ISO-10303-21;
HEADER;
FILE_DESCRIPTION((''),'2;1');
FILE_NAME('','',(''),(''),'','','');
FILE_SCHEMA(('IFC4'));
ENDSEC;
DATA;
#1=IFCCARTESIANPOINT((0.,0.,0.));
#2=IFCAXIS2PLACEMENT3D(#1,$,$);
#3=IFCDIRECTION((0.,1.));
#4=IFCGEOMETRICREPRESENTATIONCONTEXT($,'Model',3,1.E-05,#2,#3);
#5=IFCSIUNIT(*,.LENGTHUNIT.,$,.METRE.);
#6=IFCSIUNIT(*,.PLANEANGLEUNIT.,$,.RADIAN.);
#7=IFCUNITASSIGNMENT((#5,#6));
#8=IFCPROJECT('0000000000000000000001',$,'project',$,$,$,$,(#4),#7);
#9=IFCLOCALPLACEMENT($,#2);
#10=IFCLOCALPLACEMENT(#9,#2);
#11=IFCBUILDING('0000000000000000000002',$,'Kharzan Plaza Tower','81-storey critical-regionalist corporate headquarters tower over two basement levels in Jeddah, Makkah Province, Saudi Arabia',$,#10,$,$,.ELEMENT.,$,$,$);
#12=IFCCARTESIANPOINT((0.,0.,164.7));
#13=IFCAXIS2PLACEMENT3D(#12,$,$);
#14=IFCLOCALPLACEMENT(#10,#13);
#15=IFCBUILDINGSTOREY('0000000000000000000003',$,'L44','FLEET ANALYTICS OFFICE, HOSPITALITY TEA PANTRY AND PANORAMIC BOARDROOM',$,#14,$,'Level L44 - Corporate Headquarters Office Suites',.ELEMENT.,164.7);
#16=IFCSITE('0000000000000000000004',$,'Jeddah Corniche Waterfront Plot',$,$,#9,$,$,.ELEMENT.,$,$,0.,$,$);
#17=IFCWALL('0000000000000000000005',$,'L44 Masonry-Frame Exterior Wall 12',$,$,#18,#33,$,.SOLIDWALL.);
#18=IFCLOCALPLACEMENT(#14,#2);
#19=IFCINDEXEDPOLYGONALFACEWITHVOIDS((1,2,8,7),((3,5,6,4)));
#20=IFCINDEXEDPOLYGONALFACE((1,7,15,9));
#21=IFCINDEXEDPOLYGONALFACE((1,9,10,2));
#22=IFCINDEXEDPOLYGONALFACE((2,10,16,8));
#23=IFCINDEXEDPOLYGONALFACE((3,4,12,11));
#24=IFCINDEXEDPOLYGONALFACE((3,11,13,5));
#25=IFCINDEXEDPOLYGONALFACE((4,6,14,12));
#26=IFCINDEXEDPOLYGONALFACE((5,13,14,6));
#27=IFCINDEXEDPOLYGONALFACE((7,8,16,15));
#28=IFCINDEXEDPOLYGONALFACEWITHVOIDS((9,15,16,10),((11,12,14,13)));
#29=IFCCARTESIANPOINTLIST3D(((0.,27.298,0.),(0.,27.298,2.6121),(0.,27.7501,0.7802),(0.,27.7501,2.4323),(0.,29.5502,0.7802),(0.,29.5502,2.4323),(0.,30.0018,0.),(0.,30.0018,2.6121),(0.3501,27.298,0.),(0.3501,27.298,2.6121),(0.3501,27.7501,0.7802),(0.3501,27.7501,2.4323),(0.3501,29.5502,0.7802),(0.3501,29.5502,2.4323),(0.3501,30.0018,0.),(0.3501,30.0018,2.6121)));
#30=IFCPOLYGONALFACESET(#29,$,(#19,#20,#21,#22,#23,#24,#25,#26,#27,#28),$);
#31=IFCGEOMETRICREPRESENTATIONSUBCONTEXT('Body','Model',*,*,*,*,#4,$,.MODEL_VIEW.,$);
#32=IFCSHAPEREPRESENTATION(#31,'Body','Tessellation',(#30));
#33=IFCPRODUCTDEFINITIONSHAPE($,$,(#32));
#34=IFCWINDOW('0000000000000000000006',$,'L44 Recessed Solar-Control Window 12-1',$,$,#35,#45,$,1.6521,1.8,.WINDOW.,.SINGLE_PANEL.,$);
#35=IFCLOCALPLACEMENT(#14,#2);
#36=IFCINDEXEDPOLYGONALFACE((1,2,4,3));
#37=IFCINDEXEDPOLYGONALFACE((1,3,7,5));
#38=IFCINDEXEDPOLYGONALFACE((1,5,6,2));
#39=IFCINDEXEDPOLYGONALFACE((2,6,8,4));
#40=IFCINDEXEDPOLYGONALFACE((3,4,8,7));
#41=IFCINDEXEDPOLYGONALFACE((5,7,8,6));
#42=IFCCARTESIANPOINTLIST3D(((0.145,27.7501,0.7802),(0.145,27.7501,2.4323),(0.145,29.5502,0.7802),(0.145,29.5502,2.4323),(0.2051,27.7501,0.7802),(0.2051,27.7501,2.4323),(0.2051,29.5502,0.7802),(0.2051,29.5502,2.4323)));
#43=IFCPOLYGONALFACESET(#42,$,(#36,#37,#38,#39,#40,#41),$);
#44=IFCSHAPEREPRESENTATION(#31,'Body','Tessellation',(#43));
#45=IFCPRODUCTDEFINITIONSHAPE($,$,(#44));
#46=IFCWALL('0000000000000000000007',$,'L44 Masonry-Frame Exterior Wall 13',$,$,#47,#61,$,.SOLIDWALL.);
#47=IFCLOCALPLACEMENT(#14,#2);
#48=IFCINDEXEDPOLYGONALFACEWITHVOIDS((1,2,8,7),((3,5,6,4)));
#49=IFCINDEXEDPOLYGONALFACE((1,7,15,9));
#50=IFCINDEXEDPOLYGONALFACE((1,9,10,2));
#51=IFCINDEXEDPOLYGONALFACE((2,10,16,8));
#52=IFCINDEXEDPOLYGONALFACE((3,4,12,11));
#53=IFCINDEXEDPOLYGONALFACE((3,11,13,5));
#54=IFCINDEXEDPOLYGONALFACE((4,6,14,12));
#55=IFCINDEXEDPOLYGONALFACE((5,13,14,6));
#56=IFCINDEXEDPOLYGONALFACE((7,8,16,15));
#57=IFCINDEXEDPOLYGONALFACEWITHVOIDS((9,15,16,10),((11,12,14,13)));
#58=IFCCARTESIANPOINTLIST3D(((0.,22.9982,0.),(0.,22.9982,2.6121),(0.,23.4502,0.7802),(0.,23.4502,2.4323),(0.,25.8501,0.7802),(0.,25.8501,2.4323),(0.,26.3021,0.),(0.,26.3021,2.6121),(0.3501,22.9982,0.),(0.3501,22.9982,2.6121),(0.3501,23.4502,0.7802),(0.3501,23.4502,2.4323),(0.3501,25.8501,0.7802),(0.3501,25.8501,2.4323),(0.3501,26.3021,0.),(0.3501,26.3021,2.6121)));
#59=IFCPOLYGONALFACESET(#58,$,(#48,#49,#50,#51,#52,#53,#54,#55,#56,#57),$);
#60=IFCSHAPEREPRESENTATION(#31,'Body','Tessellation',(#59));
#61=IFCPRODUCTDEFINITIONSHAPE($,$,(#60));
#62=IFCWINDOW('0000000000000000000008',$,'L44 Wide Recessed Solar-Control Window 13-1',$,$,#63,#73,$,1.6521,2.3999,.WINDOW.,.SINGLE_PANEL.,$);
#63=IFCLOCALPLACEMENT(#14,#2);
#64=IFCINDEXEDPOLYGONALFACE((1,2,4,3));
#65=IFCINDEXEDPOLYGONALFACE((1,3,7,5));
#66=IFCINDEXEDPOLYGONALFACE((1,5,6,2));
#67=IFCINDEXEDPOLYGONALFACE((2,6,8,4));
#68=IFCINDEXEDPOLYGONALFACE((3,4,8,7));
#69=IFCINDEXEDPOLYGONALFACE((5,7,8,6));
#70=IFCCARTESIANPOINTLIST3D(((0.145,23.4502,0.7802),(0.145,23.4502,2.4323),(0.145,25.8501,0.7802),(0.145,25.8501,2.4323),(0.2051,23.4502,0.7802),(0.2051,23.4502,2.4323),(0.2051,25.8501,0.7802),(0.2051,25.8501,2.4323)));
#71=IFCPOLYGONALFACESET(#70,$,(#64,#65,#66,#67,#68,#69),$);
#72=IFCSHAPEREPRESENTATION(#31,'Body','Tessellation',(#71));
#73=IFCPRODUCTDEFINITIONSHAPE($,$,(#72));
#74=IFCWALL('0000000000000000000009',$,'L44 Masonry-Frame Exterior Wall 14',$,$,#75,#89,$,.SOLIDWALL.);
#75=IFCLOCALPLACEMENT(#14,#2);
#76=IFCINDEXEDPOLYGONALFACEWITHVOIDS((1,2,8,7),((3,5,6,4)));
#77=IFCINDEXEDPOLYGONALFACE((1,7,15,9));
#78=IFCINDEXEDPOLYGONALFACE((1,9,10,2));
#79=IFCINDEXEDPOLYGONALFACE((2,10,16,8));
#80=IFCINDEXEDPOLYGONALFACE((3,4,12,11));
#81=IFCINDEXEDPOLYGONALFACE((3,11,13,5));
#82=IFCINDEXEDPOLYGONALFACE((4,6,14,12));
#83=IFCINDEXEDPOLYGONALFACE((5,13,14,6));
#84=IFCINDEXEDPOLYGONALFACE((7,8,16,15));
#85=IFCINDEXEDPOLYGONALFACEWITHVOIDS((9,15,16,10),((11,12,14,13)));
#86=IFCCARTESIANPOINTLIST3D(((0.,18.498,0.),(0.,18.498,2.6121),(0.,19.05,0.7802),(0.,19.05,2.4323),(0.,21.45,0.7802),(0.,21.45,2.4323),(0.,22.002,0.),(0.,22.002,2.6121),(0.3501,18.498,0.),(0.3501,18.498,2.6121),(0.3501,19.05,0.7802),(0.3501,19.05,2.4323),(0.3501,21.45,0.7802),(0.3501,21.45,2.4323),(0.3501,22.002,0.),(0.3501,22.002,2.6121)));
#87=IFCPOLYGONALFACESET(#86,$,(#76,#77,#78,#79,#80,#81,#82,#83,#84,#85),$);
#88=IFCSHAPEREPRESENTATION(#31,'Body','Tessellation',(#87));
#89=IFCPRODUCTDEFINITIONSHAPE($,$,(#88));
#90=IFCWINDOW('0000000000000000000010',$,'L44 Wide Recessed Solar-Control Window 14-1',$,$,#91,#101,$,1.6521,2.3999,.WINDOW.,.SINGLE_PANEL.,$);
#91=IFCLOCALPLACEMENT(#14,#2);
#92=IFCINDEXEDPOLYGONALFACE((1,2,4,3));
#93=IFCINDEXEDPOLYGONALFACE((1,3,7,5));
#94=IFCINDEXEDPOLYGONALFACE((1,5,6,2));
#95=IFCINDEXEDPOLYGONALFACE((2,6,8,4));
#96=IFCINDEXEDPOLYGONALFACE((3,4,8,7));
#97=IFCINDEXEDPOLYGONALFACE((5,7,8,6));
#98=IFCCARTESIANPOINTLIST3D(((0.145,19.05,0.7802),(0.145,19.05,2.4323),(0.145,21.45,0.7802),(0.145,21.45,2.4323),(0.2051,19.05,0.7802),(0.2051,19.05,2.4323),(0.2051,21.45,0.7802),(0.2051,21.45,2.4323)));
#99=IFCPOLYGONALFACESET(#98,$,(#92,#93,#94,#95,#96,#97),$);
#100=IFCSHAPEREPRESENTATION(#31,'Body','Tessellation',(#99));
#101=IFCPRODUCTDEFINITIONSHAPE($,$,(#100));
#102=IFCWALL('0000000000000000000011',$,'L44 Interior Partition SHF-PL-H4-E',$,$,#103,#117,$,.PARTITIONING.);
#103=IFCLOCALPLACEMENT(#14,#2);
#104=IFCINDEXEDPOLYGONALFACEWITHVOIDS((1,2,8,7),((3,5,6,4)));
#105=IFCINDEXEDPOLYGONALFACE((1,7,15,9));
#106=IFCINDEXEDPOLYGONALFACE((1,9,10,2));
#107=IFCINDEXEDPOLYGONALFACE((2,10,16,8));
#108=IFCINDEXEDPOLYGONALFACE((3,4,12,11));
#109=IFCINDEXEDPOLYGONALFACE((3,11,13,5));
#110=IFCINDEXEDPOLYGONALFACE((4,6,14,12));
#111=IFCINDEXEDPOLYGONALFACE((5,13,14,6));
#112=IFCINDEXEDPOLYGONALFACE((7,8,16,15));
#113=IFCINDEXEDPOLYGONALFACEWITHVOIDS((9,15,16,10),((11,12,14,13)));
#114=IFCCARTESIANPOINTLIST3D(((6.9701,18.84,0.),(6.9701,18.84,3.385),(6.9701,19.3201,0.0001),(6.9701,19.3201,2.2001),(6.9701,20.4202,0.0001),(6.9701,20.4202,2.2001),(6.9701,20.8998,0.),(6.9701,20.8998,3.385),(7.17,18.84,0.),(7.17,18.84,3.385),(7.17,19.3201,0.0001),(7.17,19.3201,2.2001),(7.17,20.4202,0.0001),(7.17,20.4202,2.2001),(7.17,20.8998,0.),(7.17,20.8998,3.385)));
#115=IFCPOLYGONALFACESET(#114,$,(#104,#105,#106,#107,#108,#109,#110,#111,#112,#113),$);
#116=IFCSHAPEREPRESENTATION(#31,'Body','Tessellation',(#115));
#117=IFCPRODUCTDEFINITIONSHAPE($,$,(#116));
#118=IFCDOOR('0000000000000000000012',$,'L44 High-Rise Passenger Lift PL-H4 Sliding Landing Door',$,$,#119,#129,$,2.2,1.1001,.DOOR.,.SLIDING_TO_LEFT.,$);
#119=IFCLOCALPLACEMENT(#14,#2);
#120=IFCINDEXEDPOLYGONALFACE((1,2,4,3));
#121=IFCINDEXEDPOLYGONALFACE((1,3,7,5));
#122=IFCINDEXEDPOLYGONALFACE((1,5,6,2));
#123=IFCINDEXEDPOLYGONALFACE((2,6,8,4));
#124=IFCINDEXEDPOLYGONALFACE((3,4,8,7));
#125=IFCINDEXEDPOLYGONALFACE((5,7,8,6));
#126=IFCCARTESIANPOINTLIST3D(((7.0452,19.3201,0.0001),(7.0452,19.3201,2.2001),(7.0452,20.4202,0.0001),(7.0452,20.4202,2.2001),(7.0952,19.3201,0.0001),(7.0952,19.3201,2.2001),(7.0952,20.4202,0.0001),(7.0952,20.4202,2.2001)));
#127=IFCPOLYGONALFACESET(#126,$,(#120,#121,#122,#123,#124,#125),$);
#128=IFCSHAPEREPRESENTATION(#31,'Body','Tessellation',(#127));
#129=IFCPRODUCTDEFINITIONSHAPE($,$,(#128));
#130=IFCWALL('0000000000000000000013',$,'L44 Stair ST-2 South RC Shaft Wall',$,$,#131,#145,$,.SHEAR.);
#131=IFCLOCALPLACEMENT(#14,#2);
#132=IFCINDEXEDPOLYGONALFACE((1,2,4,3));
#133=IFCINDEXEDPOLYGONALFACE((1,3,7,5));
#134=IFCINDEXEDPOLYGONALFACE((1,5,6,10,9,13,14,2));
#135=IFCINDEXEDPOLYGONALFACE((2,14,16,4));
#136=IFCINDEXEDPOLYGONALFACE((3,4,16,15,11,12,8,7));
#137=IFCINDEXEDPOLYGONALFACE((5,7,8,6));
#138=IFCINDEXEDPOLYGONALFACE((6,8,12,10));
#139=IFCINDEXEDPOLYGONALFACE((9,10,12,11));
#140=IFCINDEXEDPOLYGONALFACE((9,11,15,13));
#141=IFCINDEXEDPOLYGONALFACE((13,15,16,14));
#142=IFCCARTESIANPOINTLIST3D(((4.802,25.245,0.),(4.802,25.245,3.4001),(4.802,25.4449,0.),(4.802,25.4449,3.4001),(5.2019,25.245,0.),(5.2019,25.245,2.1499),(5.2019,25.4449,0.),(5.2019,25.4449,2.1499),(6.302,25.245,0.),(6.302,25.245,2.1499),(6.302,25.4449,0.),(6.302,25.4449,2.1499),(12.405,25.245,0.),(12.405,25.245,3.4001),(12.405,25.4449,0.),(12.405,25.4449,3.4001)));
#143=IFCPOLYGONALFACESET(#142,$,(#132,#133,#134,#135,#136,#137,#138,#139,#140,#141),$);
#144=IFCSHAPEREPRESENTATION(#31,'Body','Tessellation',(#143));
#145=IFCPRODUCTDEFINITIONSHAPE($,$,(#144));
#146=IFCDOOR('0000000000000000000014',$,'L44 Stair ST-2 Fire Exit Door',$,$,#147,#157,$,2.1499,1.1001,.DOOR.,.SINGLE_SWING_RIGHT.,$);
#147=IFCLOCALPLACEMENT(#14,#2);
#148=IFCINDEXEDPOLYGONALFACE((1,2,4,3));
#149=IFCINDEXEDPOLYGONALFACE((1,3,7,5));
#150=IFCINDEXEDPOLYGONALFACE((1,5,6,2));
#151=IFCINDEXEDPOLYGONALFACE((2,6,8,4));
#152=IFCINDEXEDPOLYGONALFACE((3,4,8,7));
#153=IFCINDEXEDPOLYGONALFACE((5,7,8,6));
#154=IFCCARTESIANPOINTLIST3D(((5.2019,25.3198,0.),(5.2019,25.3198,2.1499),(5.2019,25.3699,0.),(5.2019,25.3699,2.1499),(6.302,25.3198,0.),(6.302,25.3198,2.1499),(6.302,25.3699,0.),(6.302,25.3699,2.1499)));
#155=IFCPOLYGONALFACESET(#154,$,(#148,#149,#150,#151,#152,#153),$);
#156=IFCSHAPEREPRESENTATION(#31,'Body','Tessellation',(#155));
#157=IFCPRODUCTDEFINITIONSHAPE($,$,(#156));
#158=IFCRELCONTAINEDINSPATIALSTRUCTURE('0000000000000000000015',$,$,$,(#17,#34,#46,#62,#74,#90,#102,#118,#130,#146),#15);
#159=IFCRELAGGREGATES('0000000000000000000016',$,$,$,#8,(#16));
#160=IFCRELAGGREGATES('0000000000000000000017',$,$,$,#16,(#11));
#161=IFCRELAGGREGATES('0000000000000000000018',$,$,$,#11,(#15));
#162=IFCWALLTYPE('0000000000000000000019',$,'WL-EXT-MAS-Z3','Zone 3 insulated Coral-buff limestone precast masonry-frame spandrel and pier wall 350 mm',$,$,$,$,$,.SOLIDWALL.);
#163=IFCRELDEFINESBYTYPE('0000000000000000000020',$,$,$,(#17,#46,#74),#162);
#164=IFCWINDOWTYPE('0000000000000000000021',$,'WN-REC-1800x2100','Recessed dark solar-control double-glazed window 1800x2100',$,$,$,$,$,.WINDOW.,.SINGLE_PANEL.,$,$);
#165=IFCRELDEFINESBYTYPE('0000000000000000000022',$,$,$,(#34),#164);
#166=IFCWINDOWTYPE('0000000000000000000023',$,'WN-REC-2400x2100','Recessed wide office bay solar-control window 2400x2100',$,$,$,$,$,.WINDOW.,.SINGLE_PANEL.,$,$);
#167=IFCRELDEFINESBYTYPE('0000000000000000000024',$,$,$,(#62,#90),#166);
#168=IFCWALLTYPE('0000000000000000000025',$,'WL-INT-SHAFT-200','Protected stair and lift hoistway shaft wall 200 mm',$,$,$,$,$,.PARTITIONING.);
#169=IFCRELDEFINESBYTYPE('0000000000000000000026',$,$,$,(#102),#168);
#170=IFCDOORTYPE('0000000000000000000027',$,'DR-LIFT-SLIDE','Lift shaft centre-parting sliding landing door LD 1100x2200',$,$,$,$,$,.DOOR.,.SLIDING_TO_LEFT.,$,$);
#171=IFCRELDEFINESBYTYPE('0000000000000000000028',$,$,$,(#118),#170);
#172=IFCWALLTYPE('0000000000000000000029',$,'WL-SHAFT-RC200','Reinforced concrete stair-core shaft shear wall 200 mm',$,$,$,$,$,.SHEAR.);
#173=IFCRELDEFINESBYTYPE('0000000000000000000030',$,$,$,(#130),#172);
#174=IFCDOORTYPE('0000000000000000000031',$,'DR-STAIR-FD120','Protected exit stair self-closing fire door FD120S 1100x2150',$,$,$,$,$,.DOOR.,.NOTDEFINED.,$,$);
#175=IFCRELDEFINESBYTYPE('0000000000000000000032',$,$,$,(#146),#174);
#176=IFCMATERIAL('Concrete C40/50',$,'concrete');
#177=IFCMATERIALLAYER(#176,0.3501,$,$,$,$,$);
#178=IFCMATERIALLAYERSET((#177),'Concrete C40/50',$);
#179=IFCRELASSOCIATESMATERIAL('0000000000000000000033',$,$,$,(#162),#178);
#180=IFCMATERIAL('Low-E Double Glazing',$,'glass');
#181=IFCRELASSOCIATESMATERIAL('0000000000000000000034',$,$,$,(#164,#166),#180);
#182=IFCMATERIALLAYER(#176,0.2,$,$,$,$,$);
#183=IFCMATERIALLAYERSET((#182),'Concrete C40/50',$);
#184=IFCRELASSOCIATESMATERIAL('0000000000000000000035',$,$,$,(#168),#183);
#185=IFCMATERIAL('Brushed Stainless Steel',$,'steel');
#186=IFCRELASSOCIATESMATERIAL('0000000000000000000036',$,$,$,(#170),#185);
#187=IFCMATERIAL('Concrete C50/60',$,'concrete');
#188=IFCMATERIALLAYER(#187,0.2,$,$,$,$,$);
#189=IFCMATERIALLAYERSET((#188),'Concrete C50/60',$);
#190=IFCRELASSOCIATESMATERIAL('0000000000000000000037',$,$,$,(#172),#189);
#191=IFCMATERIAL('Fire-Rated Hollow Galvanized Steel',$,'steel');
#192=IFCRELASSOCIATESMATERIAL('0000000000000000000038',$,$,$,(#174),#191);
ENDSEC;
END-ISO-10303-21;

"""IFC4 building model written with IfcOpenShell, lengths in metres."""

from ifc_helpers import new_model, si_unit, direction, frame, frame_2d, origin, place, context, subcontext, project, spatial, rectangle, extrude, source, transform, mapped, material, layer, layer_set, type_object, element, fill, save


model = new_model("IFC4")

# Units and contexts
model_context = context("Model", 3, precision=1e-05, world=origin(), true_north=direction((0.0, 1.0)))
body_context = subcontext(model_context, "Body", "Model", "MODEL_VIEW")
ifc_project = project(units=[si_unit("LENGTHUNIT", "METRE"), si_unit("PLANEANGLEUNIT", "RADIAN")], contexts=[model_context])

# Site, building, storey
site_placement = place(None, origin())
site = spatial("IfcSite", under=ifc_project, at=site_placement, Name="Jeddah Corniche Waterfront Plot", CompositionType="ELEMENT", RefElevation=0.0)
building_placement = place(site_placement, origin())
building = spatial("IfcBuilding", under=site, at=building_placement, Name="Kharzan Plaza Tower", Description="81-storey critical-regionalist corporate headquarters tower over two basement levels in Jeddah, Makkah Province, Saudi Arabia", CompositionType="ELEMENT")
storey_placement = place(building_placement, frame((0.0, 0.0, 164.7)))
storey = spatial("IfcBuildingStorey", under=building, at=storey_placement, Name="L44", Description="FLEET ANALYTICS OFFICE, HOSPITALITY TEA PANTRY AND PANORAMIC BOARDROOM", LongName="Level L44 - Corporate Headquarters Office Suites", CompositionType="ELEMENT", Elevation=164.7)

# Shared definitions
ifc_material_1 = material(Name="Concrete C50/60", Category="concrete")

# Walls, openings, windows
ifc_material_2 = material(Name="Concrete C40/50", Category="concrete")
ifc_layer_1 = layer(ifc_material_2, 0.3501)
ifc_layer_set_1 = layer_set([ifc_layer_1], Name="Concrete C40/50")
wall_type_1 = type_object("IfcWallType", Name="WL-EXT-MAS-Z3", Description="Zone 3 insulated Coral-buff limestone precast masonry-frame spandrel and pier wall 350 mm", PredefinedType="SOLIDWALL", material=ifc_layer_set_1)
wall_1_placement = place(storey_placement, frame((0.175, 30.002, 0.0), z_axis=(0.0, 0.0, 1.0), x_axis=(0.0, -1.0, 0.0)))
wall_1 = element("IfcWall", 1, at=wall_1_placement, inside=storey, type_object=wall_type_1, Name="L44 Masonry-Frame Exterior Wall 12", PredefinedType="SOLIDWALL", context=body_context, shape_type="SweptSolid", body=[
    extrude(rectangle(XDim=2.7039, YDim=0.3501, at=frame_2d((1.3521, 0.0))), origin(), (0.0, 0.0, 1.0), 2.6121),
])
opening_1_placement = place(wall_1_placement, frame((0.4519, 0.0, 0.78)))
opening_1 = element("IfcOpeningElement", 2, at=opening_1_placement, cuts=wall_1, PredefinedType="OPENING", context=body_context, shape_type="SweptSolid", body=[
    extrude(rectangle(XDim=1.8, YDim=1.6521, at=frame_2d((0.8999, 0.8262))), frame((0.0, 0.1851, 0.0), z_axis=(0.0, -1.0, 0.0), x_axis=(1.0, 0.0, 0.0)), (0.0, 0.0, 1.0), 0.3701),
])
ifc_material_3 = material(Name="Low-E Double Glazing", Category="glass")
window_type_1 = type_object("IfcWindowType", Name="WN-REC-1800x2100", Description="Recessed dark solar-control double-glazed window 1800x2100", PartitioningType="SINGLE_PANEL", PredefinedType="WINDOW", material=ifc_material_3)
shared_shape_1 = source(origin(), body_context, "Body", "SweptSolid", [
    extrude(rectangle(XDim=1.8, YDim=1.6521, at=frame_2d((0.8999, 0.8262))), frame((0.0, 0.03, 0.0), z_axis=(0.0, -1.0, 0.0), x_axis=(1.0, 0.0, 0.0)), (0.0, 0.0, 1.0), 0.0601),
])
window_1_placement = place(opening_1_placement, origin())
window_1 = element("IfcWindow", 3, at=window_1_placement, inside=storey, type_object=window_type_1, Name="L44 Recessed Solar-Control Window 12-1", OverallHeight=1.6521, OverallWidth=1.8, PartitioningType="SINGLE_PANEL", PredefinedType="WINDOW", context=body_context, shape_type="MappedRepresentation", body=[
    mapped(shared_shape_1, transform((0.0, 0.0, 0.0), x_axis=(1.0, 0.0, 0.0), y_axis=(0.0, 1.0, 0.0), z_axis=(0.0, 0.0, 1.0))),
])
fill(opening_1, window_1)
wall_2_placement = place(storey_placement, frame((0.175, 26.302, 0.0), z_axis=(0.0, 0.0, 1.0), x_axis=(0.0, -1.0, 0.0)))
wall_2 = element("IfcWall", 4, at=wall_2_placement, inside=storey, type_object=wall_type_1, Name="L44 Masonry-Frame Exterior Wall 13", PredefinedType="SOLIDWALL", context=body_context, shape_type="SweptSolid", body=[
    extrude(rectangle(XDim=3.304, YDim=0.3501, at=frame_2d((1.6519, 0.0))), origin(), (0.0, 0.0, 1.0), 2.6121),
])
opening_2_placement = place(wall_2_placement, frame((0.4519, 0.0, 0.78)))
opening_2 = element("IfcOpeningElement", 5, at=opening_2_placement, cuts=wall_2, PredefinedType="OPENING", context=body_context, shape_type="SweptSolid", body=[
    extrude(rectangle(XDim=2.3999, YDim=1.6521, at=frame_2d((1.2, 0.8262))), frame((0.0, 0.1851, 0.0), z_axis=(0.0, -1.0, 0.0), x_axis=(1.0, 0.0, 0.0)), (0.0, 0.0, 1.0), 0.3701),
])
window_type_2 = type_object("IfcWindowType", Name="WN-REC-2400x2100", Description="Recessed wide office bay solar-control window 2400x2100", PartitioningType="SINGLE_PANEL", PredefinedType="WINDOW", material=ifc_material_3)
shared_shape_2 = source(origin(), body_context, "Body", "SweptSolid", [
    extrude(rectangle(XDim=2.3999, YDim=1.6521, at=frame_2d((1.2, 0.8262))), frame((0.0, 0.03, 0.0), z_axis=(0.0, -1.0, 0.0), x_axis=(1.0, 0.0, 0.0)), (0.0, 0.0, 1.0), 0.0601),
])
window_2_placement = place(opening_2_placement, origin())
window_2 = element("IfcWindow", 6, at=window_2_placement, inside=storey, type_object=window_type_2, Name="L44 Wide Recessed Solar-Control Window 13-1", OverallHeight=1.6521, OverallWidth=2.3999, PartitioningType="SINGLE_PANEL", PredefinedType="WINDOW", context=body_context, shape_type="MappedRepresentation", body=[
    mapped(shared_shape_2, transform((0.0, 0.0, 0.0), x_axis=(1.0, 0.0, 0.0), y_axis=(0.0, 1.0, 0.0), z_axis=(0.0, 0.0, 1.0))),
])
fill(opening_2, window_2)
wall_3_placement = place(storey_placement, frame((0.175, 22.002, 0.0), z_axis=(0.0, 0.0, 1.0), x_axis=(0.0, -1.0, 0.0)))
wall_3 = element("IfcWall", 7, at=wall_3_placement, inside=storey, type_object=wall_type_1, Name="L44 Masonry-Frame Exterior Wall 14", PredefinedType="SOLIDWALL", context=body_context, shape_type="SweptSolid", body=[
    extrude(rectangle(XDim=3.5039, YDim=0.3501, at=frame_2d((1.752, 0.0))), origin(), (0.0, 0.0, 1.0), 2.6121),
])
opening_3_placement = place(wall_3_placement, frame((0.552, 0.0, 0.78)))
opening_3 = element("IfcOpeningElement", 8, at=opening_3_placement, cuts=wall_3, PredefinedType="OPENING", context=body_context, shape_type="SweptSolid", body=[
    extrude(rectangle(XDim=2.3999, YDim=1.6521, at=frame_2d((1.2, 0.8262))), frame((0.0, 0.1851, 0.0), z_axis=(0.0, -1.0, 0.0), x_axis=(1.0, 0.0, 0.0)), (0.0, 0.0, 1.0), 0.3701),
])
window_3_placement = place(opening_3_placement, origin())
window_3 = element("IfcWindow", 9, at=window_3_placement, inside=storey, type_object=window_type_2, Name="L44 Wide Recessed Solar-Control Window 14-1", OverallHeight=1.6521, OverallWidth=2.3999, PartitioningType="SINGLE_PANEL", PredefinedType="WINDOW", context=body_context, shape_type="MappedRepresentation", body=[
    mapped(shared_shape_2, transform((0.0, 0.0, 0.0), x_axis=(1.0, 0.0, 0.0), y_axis=(0.0, 1.0, 0.0), z_axis=(0.0, 0.0, 1.0))),
])
fill(opening_3, window_3)

# Walls, openings, doors
ifc_layer_2 = layer(ifc_material_2, 0.2)
ifc_layer_set_2 = layer_set([ifc_layer_2], Name="Concrete C40/50")
wall_type_2 = type_object("IfcWallType", Name="WL-INT-SHAFT-200", Description="Protected stair and lift hoistway shaft wall 200 mm", PredefinedType="PARTITIONING", material=ifc_layer_set_2)
wall_4_placement = place(storey_placement, frame((7.0701, 18.8401, 0.0), z_axis=(0.0, 0.0, 1.0), x_axis=(0.0, 1.0, 0.0)))
wall_4 = element("IfcWall", 10, at=wall_4_placement, inside=storey, type_object=wall_type_2, Name="L44 Interior Partition SHF-PL-H4-E", PredefinedType="PARTITIONING", context=body_context, shape_type="SweptSolid", body=[
    extrude(rectangle(XDim=2.0598, YDim=0.2, at=frame_2d((1.0298, 0.0))), origin(), (0.0, 0.0, 1.0), 3.385),
])
opening_4_placement = place(wall_4_placement, frame((0.48, 0.0, 0.0)))
opening_4 = element("IfcOpeningElement", 11, at=opening_4_placement, cuts=wall_4, PredefinedType="OPENING", context=body_context, shape_type="SweptSolid", body=[
    extrude(rectangle(XDim=1.1001, YDim=2.2, at=frame_2d((0.55, 1.1001))), frame((0.0, 0.1099, 0.0), z_axis=(0.0, -1.0, 0.0), x_axis=(1.0, 0.0, 0.0)), (0.0, 0.0, 1.0), 0.22),
])
ifc_material_4 = material(Name="Brushed Stainless Steel", Category="steel")
door_type_1 = type_object("IfcDoorType", Name="DR-LIFT-SLIDE", Description="Lift shaft centre-parting sliding landing door LD 1100x2200", OperationType="SLIDING_TO_LEFT", PredefinedType="DOOR", material=ifc_material_4)
shared_shape_3 = source(origin(), body_context, "Body", "SweptSolid", [
    extrude(rectangle(XDim=1.1001, YDim=2.2, at=frame_2d((0.55, 1.1001))), frame((0.0, 0.0249, 0.0), z_axis=(0.0, -1.0, 0.0), x_axis=(1.0, 0.0, 0.0)), (0.0, 0.0, 1.0), 0.05),
])
door_1_placement = place(opening_4_placement, origin())
door_1 = element("IfcDoor", 12, at=door_1_placement, inside=storey, type_object=door_type_1, Name="L44 High-Rise Passenger Lift PL-H4 Sliding Landing Door", OperationType="SLIDING_TO_LEFT", OverallHeight=2.2, OverallWidth=1.1001, PredefinedType="DOOR", context=body_context, shape_type="MappedRepresentation", body=[
    mapped(shared_shape_3, transform((0.0, 0.0, 0.0), x_axis=(1.0, 0.0, 0.0), y_axis=(0.0, 1.0, 0.0), z_axis=(0.0, 0.0, 1.0))),
])
fill(opening_4, door_1)
ifc_layer_3 = layer(ifc_material_1, 0.2)
ifc_layer_set_3 = layer_set([ifc_layer_3], Name="Concrete C50/60")
wall_type_3 = type_object("IfcWallType", Name="WL-SHAFT-RC200", Description="Reinforced concrete stair-core shaft shear wall 200 mm", PredefinedType="SHEAR", material=ifc_layer_set_3)
wall_5_placement = place(storey_placement, frame((4.802, 25.345, 0.0), z_axis=(0.0, 0.0, 1.0), x_axis=(1.0, 0.0, 0.0)))
wall_5 = element("IfcWall", 13, at=wall_5_placement, inside=storey, type_object=wall_type_3, Name="L44 Stair ST-2 South RC Shaft Wall", PredefinedType="SHEAR", context=body_context, shape_type="SweptSolid", body=[
    extrude(rectangle(XDim=7.603, YDim=0.2, at=frame_2d((3.8015, 0.0))), origin(), (0.0, 0.0, 1.0), 3.4001),
])
opening_5_placement = place(wall_5_placement, frame((0.3999, 0.0, 0.0)))
opening_5 = element("IfcOpeningElement", 14, at=opening_5_placement, cuts=wall_5, PredefinedType="OPENING", context=body_context, shape_type="SweptSolid", body=[
    extrude(rectangle(XDim=1.1001, YDim=2.1499, at=frame_2d((0.55, 1.075))), frame((0.0, 0.1099, 0.0), z_axis=(0.0, -1.0, 0.0), x_axis=(1.0, 0.0, 0.0)), (0.0, 0.0, 1.0), 0.22),
])
ifc_material_5 = material(Name="Fire-Rated Hollow Galvanized Steel", Category="steel")
door_type_2 = type_object("IfcDoorType", Name="DR-STAIR-FD120", Description="Protected exit stair self-closing fire door FD120S 1100x2150", OperationType="NOTDEFINED", PredefinedType="DOOR", material=ifc_material_5)
shared_shape_4 = source(origin(), body_context, "Body", "SweptSolid", [
    extrude(rectangle(XDim=1.1001, YDim=2.1499, at=frame_2d((0.55, 1.075))), frame((0.0, 0.0249, 0.0), z_axis=(0.0, -1.0, 0.0), x_axis=(1.0, 0.0, 0.0)), (0.0, 0.0, 1.0), 0.05),
])
door_2_placement = place(opening_5_placement, origin())
door_2 = element("IfcDoor", 15, at=door_2_placement, inside=storey, type_object=door_type_2, Name="L44 Stair ST-2 Fire Exit Door", OperationType="SINGLE_SWING_RIGHT", OverallHeight=2.1499, OverallWidth=1.1001, PredefinedType="DOOR", context=body_context, shape_type="MappedRepresentation", body=[
    mapped(shared_shape_4, transform((0.0, 0.0, 0.0), x_axis=(1.0, 0.0, 0.0), y_axis=(0.0, 1.0, 0.0), z_axis=(0.0, 0.0, 1.0))),
])
fill(opening_5, door_2)

save(model, "model.ifc")
